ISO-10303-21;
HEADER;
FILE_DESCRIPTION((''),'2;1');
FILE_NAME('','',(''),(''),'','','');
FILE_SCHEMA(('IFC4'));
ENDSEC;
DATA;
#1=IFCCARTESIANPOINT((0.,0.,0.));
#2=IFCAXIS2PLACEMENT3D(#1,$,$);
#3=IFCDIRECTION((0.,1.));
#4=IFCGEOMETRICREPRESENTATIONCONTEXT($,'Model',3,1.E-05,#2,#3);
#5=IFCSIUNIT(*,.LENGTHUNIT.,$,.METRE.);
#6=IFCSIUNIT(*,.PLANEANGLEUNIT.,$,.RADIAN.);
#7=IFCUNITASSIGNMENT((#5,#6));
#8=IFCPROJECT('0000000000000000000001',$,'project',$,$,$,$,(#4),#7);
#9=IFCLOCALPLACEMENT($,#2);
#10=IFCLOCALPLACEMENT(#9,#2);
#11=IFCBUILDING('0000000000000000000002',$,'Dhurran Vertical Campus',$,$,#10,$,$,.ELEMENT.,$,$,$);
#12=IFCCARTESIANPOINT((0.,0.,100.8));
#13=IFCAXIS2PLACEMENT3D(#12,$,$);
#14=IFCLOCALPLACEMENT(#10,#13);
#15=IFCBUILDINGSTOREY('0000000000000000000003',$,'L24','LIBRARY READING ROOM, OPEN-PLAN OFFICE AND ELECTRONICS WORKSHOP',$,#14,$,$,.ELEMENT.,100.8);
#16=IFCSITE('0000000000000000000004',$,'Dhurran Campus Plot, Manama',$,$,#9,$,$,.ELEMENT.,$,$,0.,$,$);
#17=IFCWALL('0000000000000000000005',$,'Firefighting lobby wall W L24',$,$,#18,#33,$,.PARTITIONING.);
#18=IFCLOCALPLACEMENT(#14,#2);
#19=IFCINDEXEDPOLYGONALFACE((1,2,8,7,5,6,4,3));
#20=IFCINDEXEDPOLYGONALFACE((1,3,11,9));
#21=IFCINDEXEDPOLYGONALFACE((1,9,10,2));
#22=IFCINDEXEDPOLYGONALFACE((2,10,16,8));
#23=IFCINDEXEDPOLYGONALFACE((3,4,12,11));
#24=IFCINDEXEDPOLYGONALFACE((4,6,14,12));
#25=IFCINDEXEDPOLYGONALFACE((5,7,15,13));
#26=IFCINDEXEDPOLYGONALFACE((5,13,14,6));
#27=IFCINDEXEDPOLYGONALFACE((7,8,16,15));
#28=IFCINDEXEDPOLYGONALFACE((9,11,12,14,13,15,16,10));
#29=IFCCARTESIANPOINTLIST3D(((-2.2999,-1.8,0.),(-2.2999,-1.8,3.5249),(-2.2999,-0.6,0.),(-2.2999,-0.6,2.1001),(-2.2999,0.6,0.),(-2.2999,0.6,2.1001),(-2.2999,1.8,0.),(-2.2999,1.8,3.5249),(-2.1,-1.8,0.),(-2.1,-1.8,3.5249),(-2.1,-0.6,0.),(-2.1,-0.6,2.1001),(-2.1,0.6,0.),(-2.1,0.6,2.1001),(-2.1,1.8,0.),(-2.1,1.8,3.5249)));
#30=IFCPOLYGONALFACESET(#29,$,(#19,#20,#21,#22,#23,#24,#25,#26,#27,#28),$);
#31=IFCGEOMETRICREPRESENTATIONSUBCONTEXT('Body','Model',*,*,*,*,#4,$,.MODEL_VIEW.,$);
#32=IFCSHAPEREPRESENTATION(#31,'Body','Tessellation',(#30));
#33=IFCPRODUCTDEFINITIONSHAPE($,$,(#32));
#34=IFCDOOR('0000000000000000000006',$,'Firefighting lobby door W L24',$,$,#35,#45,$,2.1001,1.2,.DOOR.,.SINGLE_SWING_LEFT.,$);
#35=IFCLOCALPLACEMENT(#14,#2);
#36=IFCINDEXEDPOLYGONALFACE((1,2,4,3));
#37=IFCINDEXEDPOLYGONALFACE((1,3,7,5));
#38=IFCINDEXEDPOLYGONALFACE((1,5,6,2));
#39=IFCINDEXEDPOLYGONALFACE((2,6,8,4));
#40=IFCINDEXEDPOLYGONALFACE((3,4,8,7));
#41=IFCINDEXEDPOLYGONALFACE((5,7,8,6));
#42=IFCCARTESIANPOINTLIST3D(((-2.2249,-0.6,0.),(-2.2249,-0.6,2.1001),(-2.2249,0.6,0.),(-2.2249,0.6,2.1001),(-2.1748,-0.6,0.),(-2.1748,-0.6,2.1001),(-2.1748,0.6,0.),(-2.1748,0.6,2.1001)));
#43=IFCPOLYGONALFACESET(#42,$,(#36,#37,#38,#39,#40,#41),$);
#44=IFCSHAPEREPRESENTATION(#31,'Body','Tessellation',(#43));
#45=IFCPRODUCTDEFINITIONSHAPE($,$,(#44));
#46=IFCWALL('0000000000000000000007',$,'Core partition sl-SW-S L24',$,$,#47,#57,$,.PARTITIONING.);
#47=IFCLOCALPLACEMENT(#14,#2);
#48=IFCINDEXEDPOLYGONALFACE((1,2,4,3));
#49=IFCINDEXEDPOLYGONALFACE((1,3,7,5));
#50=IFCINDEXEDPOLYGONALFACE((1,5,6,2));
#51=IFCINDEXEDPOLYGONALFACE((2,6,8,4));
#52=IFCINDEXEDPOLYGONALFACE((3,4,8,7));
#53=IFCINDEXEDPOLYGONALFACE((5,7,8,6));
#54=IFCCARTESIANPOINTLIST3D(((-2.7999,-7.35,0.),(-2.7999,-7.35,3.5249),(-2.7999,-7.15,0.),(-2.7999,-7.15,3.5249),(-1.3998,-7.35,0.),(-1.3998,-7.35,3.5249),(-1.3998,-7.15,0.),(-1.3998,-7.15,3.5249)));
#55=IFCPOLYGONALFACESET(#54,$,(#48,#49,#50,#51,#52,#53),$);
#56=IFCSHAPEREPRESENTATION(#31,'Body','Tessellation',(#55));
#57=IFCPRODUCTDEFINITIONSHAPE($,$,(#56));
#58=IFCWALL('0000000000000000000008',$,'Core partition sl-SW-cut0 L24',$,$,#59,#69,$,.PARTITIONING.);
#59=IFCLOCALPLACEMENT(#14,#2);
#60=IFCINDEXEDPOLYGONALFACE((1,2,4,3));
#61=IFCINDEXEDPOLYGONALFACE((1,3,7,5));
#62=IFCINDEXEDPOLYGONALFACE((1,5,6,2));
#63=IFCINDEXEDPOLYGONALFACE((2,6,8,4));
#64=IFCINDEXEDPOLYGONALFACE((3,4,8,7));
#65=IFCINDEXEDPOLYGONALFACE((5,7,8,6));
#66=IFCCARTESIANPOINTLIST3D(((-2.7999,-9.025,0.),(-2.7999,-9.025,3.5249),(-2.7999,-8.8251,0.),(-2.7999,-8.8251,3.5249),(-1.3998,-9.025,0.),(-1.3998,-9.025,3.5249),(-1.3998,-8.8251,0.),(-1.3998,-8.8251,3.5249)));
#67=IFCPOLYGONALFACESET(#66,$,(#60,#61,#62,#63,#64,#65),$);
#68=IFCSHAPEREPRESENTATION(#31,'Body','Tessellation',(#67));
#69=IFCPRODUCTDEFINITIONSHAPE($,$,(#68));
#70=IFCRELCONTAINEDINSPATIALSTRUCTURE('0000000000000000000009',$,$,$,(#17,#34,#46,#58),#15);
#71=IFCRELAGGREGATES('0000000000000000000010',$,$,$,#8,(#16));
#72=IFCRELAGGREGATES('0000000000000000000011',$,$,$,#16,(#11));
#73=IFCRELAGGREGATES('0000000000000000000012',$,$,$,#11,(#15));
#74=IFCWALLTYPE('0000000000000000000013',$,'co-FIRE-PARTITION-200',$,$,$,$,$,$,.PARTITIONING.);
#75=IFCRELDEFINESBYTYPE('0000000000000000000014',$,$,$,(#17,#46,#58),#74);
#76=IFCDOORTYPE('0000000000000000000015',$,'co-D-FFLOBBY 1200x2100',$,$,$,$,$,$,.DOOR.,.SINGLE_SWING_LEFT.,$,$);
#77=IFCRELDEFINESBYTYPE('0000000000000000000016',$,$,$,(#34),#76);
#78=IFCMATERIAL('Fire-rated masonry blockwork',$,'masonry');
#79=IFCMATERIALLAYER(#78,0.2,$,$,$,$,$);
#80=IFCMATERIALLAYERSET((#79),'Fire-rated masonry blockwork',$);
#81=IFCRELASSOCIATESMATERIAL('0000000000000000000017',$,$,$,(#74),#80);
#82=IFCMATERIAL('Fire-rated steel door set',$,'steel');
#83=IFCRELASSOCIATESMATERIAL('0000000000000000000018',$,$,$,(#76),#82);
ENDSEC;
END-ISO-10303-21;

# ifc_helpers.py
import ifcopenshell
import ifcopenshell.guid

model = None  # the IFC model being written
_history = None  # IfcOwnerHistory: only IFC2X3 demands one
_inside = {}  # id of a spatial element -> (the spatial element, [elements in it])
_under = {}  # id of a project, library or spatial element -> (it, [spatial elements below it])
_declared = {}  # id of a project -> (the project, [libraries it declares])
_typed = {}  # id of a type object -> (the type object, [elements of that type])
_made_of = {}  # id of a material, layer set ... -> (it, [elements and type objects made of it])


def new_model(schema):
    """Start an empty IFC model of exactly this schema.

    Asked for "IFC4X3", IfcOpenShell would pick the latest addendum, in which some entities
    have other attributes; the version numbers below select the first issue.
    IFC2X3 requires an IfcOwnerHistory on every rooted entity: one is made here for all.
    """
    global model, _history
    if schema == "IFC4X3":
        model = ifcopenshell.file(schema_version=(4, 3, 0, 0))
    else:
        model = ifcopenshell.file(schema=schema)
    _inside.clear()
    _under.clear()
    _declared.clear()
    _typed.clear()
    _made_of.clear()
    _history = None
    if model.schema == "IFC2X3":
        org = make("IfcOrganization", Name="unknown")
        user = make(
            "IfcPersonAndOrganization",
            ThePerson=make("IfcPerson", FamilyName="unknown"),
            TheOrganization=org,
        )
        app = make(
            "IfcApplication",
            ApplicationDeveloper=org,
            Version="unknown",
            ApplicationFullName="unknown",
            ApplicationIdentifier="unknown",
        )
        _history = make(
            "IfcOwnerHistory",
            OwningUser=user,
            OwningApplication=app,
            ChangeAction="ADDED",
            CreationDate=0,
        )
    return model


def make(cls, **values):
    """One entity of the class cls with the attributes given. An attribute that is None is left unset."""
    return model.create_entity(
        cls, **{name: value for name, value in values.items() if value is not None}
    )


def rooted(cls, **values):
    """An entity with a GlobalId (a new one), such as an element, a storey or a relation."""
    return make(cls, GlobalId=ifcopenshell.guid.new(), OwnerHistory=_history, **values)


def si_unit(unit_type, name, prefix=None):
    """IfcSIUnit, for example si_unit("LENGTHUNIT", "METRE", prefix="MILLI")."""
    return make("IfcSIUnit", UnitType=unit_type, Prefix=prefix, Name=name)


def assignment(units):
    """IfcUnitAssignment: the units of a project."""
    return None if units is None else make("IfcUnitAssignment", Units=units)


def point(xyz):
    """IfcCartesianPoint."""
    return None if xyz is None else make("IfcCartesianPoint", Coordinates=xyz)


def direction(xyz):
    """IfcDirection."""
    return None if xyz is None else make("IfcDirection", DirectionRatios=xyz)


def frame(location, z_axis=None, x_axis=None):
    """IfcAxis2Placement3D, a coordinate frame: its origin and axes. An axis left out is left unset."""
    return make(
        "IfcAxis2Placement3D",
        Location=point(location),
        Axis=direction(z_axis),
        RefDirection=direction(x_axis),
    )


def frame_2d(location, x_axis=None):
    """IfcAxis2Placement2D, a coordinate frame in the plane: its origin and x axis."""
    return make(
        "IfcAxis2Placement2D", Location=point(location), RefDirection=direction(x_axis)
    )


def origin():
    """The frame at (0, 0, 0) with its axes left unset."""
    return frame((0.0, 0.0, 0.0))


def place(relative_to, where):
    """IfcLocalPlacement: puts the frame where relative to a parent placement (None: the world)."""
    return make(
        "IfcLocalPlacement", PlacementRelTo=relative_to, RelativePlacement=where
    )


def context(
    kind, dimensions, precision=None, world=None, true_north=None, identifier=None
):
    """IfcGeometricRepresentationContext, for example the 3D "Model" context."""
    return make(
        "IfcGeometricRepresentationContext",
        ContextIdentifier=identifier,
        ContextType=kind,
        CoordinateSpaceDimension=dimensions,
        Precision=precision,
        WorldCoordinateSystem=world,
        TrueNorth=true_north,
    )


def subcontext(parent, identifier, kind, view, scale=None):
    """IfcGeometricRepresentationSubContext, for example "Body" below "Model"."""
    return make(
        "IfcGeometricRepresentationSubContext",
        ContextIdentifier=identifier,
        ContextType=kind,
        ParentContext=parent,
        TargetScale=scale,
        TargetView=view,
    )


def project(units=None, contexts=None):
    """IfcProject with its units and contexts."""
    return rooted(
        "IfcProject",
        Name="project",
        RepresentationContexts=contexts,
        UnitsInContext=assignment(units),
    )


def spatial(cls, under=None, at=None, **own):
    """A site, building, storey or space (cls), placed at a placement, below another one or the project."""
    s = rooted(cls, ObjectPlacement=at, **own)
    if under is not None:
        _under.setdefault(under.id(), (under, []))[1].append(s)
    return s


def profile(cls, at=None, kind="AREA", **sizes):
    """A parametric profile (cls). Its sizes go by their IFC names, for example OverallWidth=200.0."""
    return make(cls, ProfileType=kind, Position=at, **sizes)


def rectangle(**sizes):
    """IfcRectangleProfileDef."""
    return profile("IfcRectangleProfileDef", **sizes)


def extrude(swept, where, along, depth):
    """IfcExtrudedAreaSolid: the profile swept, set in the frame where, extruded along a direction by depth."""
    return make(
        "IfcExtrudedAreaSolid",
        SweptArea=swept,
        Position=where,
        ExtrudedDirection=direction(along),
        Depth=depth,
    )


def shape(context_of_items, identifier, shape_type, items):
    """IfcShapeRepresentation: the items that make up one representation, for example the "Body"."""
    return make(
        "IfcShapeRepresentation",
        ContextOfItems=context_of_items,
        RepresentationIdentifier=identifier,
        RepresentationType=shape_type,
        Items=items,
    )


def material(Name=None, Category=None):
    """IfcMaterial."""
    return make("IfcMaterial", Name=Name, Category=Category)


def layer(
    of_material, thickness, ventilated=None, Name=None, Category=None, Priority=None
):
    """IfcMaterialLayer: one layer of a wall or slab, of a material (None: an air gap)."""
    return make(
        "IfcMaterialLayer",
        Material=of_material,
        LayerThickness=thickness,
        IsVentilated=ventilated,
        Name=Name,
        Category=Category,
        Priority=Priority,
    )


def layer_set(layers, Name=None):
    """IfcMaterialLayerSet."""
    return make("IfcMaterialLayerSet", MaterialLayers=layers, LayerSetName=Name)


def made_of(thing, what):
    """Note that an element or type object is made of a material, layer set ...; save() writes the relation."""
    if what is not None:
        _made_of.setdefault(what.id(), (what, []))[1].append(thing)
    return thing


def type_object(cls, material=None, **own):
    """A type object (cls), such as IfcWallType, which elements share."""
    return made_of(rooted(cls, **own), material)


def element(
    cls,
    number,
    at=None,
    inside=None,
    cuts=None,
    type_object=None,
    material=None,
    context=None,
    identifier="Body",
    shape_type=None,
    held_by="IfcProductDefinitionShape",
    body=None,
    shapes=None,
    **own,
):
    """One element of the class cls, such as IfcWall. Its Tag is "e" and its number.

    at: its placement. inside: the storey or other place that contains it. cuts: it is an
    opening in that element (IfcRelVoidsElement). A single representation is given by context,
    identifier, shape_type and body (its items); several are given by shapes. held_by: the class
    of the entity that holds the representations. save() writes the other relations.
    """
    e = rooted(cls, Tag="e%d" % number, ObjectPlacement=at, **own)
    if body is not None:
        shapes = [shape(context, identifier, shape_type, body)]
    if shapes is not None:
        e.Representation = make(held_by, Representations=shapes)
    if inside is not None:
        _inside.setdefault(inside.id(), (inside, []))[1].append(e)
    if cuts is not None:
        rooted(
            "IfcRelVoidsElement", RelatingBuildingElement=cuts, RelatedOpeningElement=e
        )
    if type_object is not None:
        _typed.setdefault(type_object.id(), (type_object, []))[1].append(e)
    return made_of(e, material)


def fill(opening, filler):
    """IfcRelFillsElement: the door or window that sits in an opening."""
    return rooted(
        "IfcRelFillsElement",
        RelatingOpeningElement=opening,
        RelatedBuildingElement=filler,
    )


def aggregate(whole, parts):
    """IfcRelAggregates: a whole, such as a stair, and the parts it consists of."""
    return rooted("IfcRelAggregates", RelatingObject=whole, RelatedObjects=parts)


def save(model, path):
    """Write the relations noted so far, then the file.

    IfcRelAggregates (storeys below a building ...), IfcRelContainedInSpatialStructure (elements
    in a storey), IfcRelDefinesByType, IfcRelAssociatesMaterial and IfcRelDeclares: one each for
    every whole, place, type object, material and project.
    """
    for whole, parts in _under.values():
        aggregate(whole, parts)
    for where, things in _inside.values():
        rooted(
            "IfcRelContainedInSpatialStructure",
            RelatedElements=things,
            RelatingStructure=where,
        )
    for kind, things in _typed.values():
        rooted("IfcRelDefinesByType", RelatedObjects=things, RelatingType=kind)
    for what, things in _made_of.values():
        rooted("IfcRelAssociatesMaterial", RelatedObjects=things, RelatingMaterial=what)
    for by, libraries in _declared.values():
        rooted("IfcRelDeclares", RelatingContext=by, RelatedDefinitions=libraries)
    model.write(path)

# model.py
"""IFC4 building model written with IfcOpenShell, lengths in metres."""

from ifc_helpers import new_model, si_unit, direction, frame, frame_2d, origin, place, context, subcontext, project, spatial, rectangle, extrude, material, layer, layer_set, type_object, element, fill, save


model = new_model("IFC4")

# Units and contexts
model_context = context("Model", 3, precision=1e-05, world=origin(), true_north=direction((0.0, 1.0)))
body_context = subcontext(model_context, "Body", "Model", "MODEL_VIEW")
ifc_project = project(units=[si_unit("LENGTHUNIT", "METRE"), si_unit("PLANEANGLEUNIT", "RADIAN")], contexts=[model_context])

# Site, building, storey
site_placement = place(None, origin())
site = spatial("IfcSite", under=ifc_project, at=site_placement, Name="Dhurran Campus Plot, Manama", CompositionType="ELEMENT", RefElevation=0.0)
building_placement = place(site_placement, origin())
building = spatial("IfcBuilding", under=site, at=building_placement, Name="Dhurran Vertical Campus", CompositionType="ELEMENT")
storey_placement = place(building_placement, frame((0.0, 0.0, 100.8)))
storey = spatial("IfcBuildingStorey", under=building, at=storey_placement, Name="L24", Description="LIBRARY READING ROOM, OPEN-PLAN OFFICE AND ELECTRONICS WORKSHOP", CompositionType="ELEMENT", Elevation=100.8)

# Wall, opening, door
ifc_material_1 = material(Name="Fire-rated masonry blockwork", Category="masonry")
ifc_layer_1 = layer(ifc_material_1, 0.2)
ifc_layer_set_1 = layer_set([ifc_layer_1], Name="Fire-rated masonry blockwork")
wall_type_1 = type_object("IfcWallType", Name="co-FIRE-PARTITION-200", PredefinedType="PARTITIONING", material=ifc_layer_set_1)
wall_1_placement = place(storey_placement, frame((-2.2, -1.8, 0.0), z_axis=(0.0, 0.0, 1.0), x_axis=(0.0, 1.0, 0.0)))
wall_1 = element("IfcWall", 1, at=wall_1_placement, inside=storey, type_object=wall_type_1, Name="Firefighting lobby wall W L24", PredefinedType="PARTITIONING", context=body_context, shape_type="SweptSolid", body=[
    extrude(rectangle(XDim=3.6001, YDim=0.2, at=frame_2d((1.8, 0.0))), origin(), (0.0, 0.0, 1.0), 3.5249),
])
opening_1_placement = place(wall_1_placement, frame((1.2, 0.0, 0.0)))
opening_1 = element("IfcOpeningElement", 2, at=opening_1_placement, cuts=wall_1, PredefinedType="OPENING", context=body_context, shape_type="SweptSolid", body=[
    extrude(rectangle(XDim=1.2, YDim=2.1001, at=frame_2d((0.6001, 1.05))), frame((0.0, 0.1099, 0.0), z_axis=(0.0, -1.0, 0.0), x_axis=(1.0, 0.0, 0.0)), (0.0, 0.0, 1.0), 0.22),
])
ifc_material_2 = material(Name="Fire-rated steel door set", Category="steel")
door_type_1 = type_object("IfcDoorType", Name="co-D-FFLOBBY 1200x2100", OperationType="SINGLE_SWING_LEFT", PredefinedType="DOOR", material=ifc_material_2)
door_1_placement = place(opening_1_placement, origin())
door_1 = element("IfcDoor", 3, at=door_1_placement, inside=storey, type_object=door_type_1, Name="Firefighting lobby door W L24", OperationType="SINGLE_SWING_LEFT", OverallHeight=2.1001, OverallWidth=1.2, PredefinedType="DOOR", context=body_context, shape_type="SweptSolid", body=[
    extrude(rectangle(XDim=1.2, YDim=2.1001, at=frame_2d((0.6001, 1.05))), frame((0.0, 0.0249, 0.0), z_axis=(0.0, -1.0, 0.0), x_axis=(1.0, 0.0, 0.0)), (0.0, 0.0, 1.0), 0.05),
])
fill(opening_1, door_1)

# Walls
for number, where, z_axis, x_axis, name in (
    (4, (-2.8, -7.25, 0.0), (0.0, 0.0, 1.0), (1.0, 0.0, 0.0), "Core partition sl-SW-S L24"),
    (5, (-2.8, -8.925, 0.0), (0.0, 0.0, 1.0), (1.0, 0.0, 0.0), "Core partition sl-SW-cut0 L24"),
):
    element("IfcWall", number, at=place(storey_placement, frame(where, z_axis=z_axis, x_axis=x_axis)), inside=storey, type_object=wall_type_1, Name=name, PredefinedType="PARTITIONING", context=body_context, shape_type="SweptSolid", body=[
        extrude(rectangle(XDim=1.4001, YDim=0.2, at=frame_2d((0.7002, 0.0))), origin(), (0.0, 0.0, 1.0), 3.5249),
    ])

save(model, "model.ifc")
